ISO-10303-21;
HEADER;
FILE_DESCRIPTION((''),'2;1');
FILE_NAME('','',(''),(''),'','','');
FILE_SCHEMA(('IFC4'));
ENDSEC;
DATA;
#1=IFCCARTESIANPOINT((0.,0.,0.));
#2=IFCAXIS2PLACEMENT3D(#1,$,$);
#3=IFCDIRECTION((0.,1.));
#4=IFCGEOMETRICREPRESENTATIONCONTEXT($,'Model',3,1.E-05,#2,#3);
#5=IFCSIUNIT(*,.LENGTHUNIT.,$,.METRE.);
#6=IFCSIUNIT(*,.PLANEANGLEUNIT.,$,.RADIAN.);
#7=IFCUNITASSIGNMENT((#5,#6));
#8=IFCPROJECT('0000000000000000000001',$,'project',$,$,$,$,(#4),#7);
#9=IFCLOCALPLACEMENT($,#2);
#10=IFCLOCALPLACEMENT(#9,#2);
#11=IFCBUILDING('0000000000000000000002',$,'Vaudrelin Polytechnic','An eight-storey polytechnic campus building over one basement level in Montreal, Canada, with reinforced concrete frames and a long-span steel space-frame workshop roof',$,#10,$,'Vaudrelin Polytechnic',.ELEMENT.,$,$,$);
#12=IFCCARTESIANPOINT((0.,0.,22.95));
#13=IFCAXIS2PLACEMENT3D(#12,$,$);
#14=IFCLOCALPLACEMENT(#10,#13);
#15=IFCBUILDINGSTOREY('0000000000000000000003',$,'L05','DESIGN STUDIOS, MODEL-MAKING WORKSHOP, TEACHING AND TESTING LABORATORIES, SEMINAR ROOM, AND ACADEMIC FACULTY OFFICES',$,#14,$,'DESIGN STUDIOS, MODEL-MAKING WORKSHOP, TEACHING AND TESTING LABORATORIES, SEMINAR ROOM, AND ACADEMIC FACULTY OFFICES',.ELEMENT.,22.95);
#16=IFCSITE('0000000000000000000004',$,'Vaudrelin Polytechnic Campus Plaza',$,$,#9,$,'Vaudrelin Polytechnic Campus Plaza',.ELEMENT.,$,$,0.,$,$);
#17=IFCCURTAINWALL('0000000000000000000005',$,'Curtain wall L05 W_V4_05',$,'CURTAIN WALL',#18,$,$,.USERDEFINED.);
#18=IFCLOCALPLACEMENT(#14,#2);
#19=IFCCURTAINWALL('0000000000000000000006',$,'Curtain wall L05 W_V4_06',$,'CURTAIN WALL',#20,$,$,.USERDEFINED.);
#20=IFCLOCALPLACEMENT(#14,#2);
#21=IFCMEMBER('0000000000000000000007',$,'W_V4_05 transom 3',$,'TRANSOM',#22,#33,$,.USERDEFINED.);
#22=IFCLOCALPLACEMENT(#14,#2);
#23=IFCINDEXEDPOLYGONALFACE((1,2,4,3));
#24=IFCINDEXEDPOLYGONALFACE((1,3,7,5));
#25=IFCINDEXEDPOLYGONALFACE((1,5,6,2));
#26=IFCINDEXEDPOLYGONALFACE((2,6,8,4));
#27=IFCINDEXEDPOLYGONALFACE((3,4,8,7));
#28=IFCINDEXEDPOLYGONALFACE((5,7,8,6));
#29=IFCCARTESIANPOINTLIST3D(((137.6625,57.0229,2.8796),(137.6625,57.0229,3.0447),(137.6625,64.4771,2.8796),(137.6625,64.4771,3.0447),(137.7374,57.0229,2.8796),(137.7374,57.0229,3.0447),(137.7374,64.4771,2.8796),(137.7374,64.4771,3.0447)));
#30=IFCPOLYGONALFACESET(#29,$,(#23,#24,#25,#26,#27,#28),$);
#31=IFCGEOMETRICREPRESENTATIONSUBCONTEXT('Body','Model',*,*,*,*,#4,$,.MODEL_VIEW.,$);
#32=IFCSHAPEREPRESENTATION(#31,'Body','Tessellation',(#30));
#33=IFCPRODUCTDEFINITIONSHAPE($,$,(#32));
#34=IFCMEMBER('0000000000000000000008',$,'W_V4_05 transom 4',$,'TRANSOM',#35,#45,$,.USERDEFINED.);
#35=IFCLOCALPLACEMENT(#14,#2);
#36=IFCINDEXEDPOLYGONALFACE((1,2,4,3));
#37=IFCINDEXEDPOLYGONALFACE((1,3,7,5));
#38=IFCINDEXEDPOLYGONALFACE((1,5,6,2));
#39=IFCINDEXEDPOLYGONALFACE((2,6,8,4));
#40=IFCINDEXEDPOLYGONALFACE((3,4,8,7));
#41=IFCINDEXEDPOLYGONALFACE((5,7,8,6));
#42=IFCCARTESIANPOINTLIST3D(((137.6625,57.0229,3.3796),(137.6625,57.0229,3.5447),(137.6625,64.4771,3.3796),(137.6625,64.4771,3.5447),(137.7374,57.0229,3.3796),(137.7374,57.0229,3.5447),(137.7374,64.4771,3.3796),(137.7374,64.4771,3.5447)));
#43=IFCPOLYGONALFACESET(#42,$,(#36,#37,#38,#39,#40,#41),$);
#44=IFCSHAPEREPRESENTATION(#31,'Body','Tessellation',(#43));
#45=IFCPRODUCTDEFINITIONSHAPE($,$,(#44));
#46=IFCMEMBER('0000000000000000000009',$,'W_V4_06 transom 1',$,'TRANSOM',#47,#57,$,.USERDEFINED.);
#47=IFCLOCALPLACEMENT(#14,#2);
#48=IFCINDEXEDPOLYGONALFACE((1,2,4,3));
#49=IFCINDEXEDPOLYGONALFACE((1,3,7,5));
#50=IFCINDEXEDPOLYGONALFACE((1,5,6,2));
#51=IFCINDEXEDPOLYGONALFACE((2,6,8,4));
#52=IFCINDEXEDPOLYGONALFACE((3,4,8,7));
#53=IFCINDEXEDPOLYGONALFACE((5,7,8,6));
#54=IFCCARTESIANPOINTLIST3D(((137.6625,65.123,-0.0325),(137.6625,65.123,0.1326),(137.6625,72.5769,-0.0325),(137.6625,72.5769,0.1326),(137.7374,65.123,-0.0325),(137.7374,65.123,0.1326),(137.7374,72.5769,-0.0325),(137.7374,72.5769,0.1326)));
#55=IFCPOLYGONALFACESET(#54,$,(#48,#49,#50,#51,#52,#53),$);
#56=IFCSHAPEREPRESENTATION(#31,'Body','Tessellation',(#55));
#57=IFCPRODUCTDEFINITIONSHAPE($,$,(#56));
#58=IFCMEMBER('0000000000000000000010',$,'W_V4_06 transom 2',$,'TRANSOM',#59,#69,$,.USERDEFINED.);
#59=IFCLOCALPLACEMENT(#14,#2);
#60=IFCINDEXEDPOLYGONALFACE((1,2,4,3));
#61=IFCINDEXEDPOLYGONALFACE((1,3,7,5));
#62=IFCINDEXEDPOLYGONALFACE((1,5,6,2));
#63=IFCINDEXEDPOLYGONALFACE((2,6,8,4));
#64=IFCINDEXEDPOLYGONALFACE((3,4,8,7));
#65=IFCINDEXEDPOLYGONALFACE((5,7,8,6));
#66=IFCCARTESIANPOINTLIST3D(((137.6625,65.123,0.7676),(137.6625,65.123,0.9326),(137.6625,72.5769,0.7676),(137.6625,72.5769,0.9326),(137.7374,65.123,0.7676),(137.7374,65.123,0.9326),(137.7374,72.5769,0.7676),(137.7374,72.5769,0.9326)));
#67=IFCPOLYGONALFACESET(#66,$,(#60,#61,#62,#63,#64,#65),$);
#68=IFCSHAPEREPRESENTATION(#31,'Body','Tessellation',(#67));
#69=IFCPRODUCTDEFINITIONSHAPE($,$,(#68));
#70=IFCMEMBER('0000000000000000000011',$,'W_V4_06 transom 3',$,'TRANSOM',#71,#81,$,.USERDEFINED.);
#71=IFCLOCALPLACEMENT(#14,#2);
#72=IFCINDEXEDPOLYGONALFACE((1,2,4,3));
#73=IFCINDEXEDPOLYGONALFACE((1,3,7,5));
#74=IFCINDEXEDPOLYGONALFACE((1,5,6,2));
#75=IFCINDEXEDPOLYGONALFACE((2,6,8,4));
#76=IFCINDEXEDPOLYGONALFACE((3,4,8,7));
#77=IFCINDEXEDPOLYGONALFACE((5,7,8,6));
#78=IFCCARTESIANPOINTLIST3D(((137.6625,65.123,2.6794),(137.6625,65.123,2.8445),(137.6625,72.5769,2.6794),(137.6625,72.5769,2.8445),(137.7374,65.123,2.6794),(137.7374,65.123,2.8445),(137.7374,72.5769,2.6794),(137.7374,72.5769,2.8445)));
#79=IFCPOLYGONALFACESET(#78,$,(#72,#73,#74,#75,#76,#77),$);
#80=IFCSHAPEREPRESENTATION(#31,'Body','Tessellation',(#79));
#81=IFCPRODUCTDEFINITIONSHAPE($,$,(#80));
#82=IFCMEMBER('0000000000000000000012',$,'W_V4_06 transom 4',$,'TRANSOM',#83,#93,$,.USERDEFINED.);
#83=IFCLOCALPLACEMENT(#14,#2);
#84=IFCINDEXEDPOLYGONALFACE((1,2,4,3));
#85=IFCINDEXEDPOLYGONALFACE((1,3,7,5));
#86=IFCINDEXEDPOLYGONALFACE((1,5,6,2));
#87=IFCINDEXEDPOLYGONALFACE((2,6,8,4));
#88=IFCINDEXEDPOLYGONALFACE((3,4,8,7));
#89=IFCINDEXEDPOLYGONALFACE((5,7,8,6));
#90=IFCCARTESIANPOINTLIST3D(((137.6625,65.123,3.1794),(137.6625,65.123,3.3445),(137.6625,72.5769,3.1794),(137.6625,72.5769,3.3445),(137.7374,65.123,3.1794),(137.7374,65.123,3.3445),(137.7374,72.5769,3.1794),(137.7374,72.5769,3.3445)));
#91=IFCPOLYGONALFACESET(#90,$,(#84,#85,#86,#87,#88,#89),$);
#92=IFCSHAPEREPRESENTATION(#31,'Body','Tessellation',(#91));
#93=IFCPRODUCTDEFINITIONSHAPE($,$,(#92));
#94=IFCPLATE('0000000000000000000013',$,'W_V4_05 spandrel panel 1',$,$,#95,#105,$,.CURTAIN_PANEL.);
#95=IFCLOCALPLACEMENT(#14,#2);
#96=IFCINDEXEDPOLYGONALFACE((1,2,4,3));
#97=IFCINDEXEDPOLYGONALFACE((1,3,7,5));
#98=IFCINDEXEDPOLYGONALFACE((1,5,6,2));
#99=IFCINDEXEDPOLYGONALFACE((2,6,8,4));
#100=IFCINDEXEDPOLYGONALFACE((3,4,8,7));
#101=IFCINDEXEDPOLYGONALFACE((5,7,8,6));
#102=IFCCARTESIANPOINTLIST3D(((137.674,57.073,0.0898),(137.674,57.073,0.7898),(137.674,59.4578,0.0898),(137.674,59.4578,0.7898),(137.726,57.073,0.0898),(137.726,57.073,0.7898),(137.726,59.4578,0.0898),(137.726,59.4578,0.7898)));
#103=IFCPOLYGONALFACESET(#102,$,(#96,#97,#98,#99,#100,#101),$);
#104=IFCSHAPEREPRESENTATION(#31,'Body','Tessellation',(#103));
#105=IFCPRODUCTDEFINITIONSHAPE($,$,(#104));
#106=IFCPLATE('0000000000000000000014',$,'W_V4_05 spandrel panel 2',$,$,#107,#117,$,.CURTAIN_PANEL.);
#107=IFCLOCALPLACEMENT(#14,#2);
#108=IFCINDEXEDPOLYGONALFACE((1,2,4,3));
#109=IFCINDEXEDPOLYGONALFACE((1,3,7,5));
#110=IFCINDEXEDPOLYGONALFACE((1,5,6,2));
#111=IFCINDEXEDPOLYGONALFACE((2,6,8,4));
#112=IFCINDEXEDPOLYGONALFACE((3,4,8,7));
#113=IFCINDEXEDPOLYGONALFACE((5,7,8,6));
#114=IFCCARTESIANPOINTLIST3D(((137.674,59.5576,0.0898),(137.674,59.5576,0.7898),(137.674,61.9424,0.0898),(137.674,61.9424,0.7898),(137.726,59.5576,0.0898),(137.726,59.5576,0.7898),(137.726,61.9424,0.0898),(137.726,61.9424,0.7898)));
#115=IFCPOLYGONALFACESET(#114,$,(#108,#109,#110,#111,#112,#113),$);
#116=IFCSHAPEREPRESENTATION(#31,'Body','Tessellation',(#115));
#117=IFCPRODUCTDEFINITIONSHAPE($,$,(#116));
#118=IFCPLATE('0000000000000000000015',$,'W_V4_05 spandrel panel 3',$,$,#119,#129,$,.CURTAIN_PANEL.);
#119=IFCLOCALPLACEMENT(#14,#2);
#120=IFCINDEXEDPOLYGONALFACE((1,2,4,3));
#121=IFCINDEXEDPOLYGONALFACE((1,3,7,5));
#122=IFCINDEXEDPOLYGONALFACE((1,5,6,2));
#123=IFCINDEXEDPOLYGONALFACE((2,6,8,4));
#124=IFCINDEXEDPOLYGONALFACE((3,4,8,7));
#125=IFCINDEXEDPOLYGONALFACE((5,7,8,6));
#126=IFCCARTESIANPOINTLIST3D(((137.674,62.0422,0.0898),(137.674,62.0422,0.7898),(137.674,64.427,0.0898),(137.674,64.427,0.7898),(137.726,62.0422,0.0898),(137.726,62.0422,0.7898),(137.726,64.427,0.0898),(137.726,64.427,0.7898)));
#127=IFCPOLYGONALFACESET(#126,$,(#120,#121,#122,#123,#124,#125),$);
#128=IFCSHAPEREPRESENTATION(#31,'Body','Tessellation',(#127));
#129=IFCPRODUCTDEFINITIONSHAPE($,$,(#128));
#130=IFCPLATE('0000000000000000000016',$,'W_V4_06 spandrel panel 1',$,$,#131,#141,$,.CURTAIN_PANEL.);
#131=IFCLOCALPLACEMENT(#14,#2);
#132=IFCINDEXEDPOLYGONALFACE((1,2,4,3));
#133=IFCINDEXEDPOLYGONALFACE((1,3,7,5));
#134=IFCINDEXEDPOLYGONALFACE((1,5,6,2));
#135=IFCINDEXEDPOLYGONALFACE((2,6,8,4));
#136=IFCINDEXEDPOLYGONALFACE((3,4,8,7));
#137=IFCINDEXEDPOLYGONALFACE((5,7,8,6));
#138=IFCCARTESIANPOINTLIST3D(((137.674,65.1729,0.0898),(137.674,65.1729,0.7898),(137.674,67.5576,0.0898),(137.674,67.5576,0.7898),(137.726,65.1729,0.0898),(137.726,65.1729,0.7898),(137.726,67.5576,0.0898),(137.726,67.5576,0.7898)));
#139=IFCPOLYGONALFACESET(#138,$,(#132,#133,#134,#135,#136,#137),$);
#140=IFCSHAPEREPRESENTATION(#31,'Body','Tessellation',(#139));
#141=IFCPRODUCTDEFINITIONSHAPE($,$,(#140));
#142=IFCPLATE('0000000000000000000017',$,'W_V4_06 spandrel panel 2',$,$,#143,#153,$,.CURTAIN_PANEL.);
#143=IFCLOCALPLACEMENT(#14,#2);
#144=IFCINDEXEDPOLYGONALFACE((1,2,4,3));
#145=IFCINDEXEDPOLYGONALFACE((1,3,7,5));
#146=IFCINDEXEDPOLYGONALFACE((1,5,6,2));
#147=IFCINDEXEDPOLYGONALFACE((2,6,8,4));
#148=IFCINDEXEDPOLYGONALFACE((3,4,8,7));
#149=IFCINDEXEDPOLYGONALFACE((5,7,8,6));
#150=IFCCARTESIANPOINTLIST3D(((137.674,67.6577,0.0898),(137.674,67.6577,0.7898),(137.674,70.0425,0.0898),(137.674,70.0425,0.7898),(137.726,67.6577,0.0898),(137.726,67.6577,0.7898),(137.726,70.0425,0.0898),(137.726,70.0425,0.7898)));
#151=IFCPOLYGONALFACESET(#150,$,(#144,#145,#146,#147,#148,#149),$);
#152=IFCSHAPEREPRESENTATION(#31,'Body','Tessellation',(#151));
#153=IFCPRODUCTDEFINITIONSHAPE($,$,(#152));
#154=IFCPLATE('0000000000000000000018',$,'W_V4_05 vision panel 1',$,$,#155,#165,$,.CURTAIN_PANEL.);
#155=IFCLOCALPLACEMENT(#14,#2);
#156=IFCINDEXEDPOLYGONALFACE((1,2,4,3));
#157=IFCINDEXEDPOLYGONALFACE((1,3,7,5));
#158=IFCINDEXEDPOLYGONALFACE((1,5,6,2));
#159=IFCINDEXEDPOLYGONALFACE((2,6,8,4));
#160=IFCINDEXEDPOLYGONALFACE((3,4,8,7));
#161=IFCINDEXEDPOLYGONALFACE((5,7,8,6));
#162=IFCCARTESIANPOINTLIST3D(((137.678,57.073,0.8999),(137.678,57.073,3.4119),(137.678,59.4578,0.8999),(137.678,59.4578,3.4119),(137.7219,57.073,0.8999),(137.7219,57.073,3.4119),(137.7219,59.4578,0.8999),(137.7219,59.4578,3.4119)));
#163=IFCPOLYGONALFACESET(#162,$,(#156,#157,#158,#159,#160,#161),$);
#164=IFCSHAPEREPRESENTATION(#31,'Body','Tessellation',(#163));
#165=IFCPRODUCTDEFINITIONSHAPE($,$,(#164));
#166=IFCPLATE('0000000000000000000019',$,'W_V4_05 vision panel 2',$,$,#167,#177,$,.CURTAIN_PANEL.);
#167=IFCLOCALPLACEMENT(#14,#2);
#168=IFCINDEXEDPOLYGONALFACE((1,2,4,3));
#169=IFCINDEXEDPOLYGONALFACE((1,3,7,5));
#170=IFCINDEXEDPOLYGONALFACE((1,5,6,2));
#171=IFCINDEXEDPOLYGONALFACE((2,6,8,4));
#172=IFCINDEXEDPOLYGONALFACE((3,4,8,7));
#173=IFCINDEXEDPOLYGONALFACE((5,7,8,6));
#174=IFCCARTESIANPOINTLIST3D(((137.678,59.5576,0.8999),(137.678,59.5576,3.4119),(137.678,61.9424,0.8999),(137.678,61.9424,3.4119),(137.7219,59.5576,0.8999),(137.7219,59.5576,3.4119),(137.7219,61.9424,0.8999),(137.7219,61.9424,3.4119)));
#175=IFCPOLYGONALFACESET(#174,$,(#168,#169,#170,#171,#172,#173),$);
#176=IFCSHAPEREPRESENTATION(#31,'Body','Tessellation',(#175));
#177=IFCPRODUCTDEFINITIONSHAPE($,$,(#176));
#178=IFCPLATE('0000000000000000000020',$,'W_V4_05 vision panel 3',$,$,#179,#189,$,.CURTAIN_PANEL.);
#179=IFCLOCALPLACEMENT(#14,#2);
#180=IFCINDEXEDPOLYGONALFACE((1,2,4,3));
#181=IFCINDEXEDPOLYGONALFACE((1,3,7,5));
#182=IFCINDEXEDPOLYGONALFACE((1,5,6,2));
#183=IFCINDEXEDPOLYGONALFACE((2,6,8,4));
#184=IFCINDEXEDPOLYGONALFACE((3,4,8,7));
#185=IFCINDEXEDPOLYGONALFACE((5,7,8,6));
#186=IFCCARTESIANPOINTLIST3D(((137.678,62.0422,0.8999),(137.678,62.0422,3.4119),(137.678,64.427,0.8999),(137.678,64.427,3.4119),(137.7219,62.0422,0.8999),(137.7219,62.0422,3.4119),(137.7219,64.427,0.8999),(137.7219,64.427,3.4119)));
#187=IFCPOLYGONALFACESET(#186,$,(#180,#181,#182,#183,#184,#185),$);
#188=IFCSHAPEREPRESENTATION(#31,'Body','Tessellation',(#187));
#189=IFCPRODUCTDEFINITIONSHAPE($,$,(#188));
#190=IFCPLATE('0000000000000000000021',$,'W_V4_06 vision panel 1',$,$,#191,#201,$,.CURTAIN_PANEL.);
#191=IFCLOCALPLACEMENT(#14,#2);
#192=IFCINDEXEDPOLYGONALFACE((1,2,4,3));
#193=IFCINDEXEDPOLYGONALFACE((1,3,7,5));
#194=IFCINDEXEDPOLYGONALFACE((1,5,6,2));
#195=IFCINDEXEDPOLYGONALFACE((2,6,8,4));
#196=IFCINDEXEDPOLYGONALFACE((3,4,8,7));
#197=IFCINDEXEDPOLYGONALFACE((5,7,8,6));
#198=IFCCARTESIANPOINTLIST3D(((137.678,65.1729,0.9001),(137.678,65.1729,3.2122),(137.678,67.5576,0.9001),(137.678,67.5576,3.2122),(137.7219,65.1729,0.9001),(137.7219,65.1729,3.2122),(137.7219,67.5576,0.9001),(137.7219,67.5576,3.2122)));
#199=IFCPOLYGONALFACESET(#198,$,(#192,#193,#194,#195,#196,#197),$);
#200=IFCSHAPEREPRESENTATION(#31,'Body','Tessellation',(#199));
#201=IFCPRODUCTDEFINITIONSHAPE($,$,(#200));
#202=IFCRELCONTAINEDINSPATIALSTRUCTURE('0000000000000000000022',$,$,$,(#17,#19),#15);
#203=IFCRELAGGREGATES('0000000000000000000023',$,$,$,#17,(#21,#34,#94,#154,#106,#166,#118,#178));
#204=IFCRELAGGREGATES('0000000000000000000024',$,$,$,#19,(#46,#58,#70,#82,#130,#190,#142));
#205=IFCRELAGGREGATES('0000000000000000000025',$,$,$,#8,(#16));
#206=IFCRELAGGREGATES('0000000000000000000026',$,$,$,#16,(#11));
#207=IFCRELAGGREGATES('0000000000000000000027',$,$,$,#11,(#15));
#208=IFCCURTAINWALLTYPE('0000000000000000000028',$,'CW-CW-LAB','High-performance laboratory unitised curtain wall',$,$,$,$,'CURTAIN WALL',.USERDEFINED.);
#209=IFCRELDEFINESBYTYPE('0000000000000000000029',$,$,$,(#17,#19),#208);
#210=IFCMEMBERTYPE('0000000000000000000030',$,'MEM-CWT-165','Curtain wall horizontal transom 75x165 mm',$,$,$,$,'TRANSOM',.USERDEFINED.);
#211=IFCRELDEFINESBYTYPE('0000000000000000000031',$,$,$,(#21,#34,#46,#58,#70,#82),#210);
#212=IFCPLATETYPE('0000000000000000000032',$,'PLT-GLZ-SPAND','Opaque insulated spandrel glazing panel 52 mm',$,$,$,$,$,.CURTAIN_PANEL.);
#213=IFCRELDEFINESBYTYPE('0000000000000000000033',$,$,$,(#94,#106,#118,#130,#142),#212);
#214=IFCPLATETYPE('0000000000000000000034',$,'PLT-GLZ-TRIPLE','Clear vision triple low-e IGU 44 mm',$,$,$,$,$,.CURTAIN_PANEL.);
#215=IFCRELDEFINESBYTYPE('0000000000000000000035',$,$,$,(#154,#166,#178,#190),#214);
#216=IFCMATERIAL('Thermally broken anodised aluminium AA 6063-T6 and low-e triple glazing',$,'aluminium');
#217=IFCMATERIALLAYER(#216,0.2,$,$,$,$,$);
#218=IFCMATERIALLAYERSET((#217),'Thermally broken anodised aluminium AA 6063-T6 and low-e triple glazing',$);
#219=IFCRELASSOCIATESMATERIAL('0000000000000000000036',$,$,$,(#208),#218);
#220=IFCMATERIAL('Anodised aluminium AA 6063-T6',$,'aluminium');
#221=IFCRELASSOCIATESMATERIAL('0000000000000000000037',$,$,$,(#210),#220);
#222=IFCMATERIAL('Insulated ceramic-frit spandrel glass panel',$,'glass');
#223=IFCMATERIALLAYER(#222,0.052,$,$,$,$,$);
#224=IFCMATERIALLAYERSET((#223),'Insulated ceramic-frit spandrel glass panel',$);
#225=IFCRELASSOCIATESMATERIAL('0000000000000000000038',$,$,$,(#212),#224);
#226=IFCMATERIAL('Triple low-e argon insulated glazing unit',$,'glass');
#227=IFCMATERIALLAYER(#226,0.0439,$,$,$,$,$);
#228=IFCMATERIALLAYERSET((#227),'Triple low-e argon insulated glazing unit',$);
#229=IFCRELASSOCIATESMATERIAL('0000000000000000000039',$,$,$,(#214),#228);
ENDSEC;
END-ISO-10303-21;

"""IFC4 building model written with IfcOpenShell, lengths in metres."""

from ifc_helpers import new_model, si_unit, direction, frame, origin, origin_2d, place, context, subcontext, project, spatial, rectangle, extrude, material, layer, layer_set, material_profile, profile_set, type_object, element, aggregate, save


model = new_model("IFC4")

# Units and contexts
model_context = context("Model", 3, precision=1e-05, world=origin(), true_north=direction((0.0, 1.0)))
body_context = subcontext(model_context, "Body", "Model", "MODEL_VIEW")
ifc_project = project(units=[si_unit("LENGTHUNIT", "METRE"), si_unit("PLANEANGLEUNIT", "RADIAN")], contexts=[model_context])

# Site, building, storey
site_placement = place(None, origin())
site = spatial("IfcSite", under=ifc_project, at=site_placement, Name="Vaudrelin Polytechnic Campus Plaza", LongName="Vaudrelin Polytechnic Campus Plaza", CompositionType="ELEMENT", RefElevation=0.0)
building_placement = place(site_placement, origin())
building = spatial("IfcBuilding", under=site, at=building_placement, Name="Vaudrelin Polytechnic", Description="An eight-storey polytechnic campus building over one basement level in Montreal, Canada, with reinforced concrete frames and a long-span steel space-frame workshop roof", LongName="Vaudrelin Polytechnic", CompositionType="ELEMENT")
storey_placement = place(building_placement, frame((0.0, 0.0, 22.95)))
storey = spatial("IfcBuildingStorey", under=building, at=storey_placement, Name="L05", Description="DESIGN STUDIOS, MODEL-MAKING WORKSHOP, TEACHING AND TESTING LABORATORIES, SEMINAR ROOM, AND ACADEMIC FACULTY OFFICES", LongName="DESIGN STUDIOS, MODEL-MAKING WORKSHOP, TEACHING AND TESTING LABORATORIES, SEMINAR ROOM, AND ACADEMIC FACULTY OFFICES", CompositionType="ELEMENT", Elevation=22.95)

# Curtain walls
ifc_material_1 = material(Name="Thermally broken anodised aluminium AA 6063-T6 and low-e triple glazing", Category="aluminium")
ifc_layer_1 = layer(ifc_material_1, 0.2)
ifc_layer_set_1 = layer_set([ifc_layer_1], Name="Thermally broken anodised aluminium AA 6063-T6 and low-e triple glazing")
curtain_wall_type = type_object("IfcCurtainWallType", Name="CW-CW-LAB", Description="High-performance laboratory unitised curtain wall", ElementType="CURTAIN WALL", PredefinedType="USERDEFINED", material=ifc_layer_set_1)
curtain_wall_1_placement = place(storey_placement, origin())
curtain_wall_1 = element("IfcCurtainWall", 1, at=curtain_wall_1_placement, inside=storey, type_object=curtain_wall_type, Name="Curtain wall L05 W_V4_05", ObjectType="CURTAIN WALL", PredefinedType="USERDEFINED")
ifc_material_2 = material(Name="Anodised aluminium AA 6063-T6", Category="aluminium")
curtain_wall_2_placement = place(storey_placement, origin())
curtain_wall_2 = element("IfcCurtainWall", 2, at=curtain_wall_2_placement, inside=storey, type_object=curtain_wall_type, Name="Curtain wall L05 W_V4_06", ObjectType="CURTAIN WALL", PredefinedType="USERDEFINED")

# Members
ifc_material_profile_1 = material_profile(ifc_material_2, rectangle(XDim=0.075, YDim=0.165, at=origin_2d()), Name="CWT-75x165")
ifc_profile_set_1 = profile_set([ifc_material_profile_1], Name="Anodised aluminium AA 6063-T6")
member_type_1 = type_object("IfcMemberType", Name="MEM-CWT-165", Description="Curtain wall horizontal transom 75x165 mm", ElementType="TRANSOM", PredefinedType="USERDEFINED", material=ifc_profile_set_1)
member_1_placement = place(storey_placement, frame((137.7, 57.0229, 2.9622), z_axis=(0.0, 1.0, 0.0), x_axis=(-1.0, 0.0, 0.0)))
member_1 = element("IfcMember", 3, at=member_1_placement, type_object=member_type_1, Name="W_V4_05 transom 3", ObjectType="TRANSOM", PredefinedType="USERDEFINED", context=body_context, shape_type="SweptSolid", body=[
    extrude(rectangle(XDim=0.075, YDim=0.165, at=origin_2d()), origin(), (0.0, 0.0, 1.0), 7.4541),
])
member_2_placement = place(storey_placement, frame((137.7, 57.0229, 3.4622), z_axis=(0.0, 1.0, 0.0), x_axis=(-1.0, 0.0, 0.0)))
member_2 = element("IfcMember", 4, at=member_2_placement, type_object=member_type_1, Name="W_V4_05 transom 4", ObjectType="TRANSOM", PredefinedType="USERDEFINED", context=body_context, shape_type="SweptSolid", body=[
    extrude(rectangle(XDim=0.075, YDim=0.165, at=origin_2d()), origin(), (0.0, 0.0, 1.0), 7.4541),
])
member_3_placement = place(storey_placement, frame((137.7, 65.123, 0.05), z_axis=(0.0, 1.0, 0.0), x_axis=(-1.0, 0.0, 0.0)))
member_3 = element("IfcMember", 5, at=member_3_placement, type_object=member_type_1, Name="W_V4_06 transom 1", ObjectType="TRANSOM", PredefinedType="USERDEFINED", context=body_context, shape_type="SweptSolid", body=[
    extrude(rectangle(XDim=0.075, YDim=0.165, at=origin_2d()), origin(), (0.0, 0.0, 1.0), 7.4539),
])
member_4_placement = place(storey_placement, frame((137.7, 65.123, 0.8501), z_axis=(0.0, 1.0, 0.0), x_axis=(-1.0, 0.0, 0.0)))
member_4 = element("IfcMember", 6, at=member_4_placement, type_object=member_type_1, Name="W_V4_06 transom 2", ObjectType="TRANSOM", PredefinedType="USERDEFINED", context=body_context, shape_type="SweptSolid", body=[
    extrude(rectangle(XDim=0.075, YDim=0.165, at=origin_2d()), origin(), (0.0, 0.0, 1.0), 7.4539),
])
member_5_placement = place(storey_placement, frame((137.7, 65.123, 2.762), z_axis=(0.0, 1.0, 0.0), x_axis=(-1.0, 0.0, 0.0)))
member_5 = element("IfcMember", 7, at=member_5_placement, type_object=member_type_1, Name="W_V4_06 transom 3", ObjectType="TRANSOM", PredefinedType="USERDEFINED", context=body_context, shape_type="SweptSolid", body=[
    extrude(rectangle(XDim=0.075, YDim=0.165, at=origin_2d()), origin(), (0.0, 0.0, 1.0), 7.4539),
])
member_6_placement = place(storey_placement, frame((137.7, 65.123, 3.262), z_axis=(0.0, 1.0, 0.0), x_axis=(-1.0, 0.0, 0.0)))
member_6 = element("IfcMember", 8, at=member_6_placement, type_object=member_type_1, Name="W_V4_06 transom 4", ObjectType="TRANSOM", PredefinedType="USERDEFINED", context=body_context, shape_type="SweptSolid", body=[
    extrude(rectangle(XDim=0.075, YDim=0.165, at=origin_2d()), origin(), (0.0, 0.0, 1.0), 7.4539),
])

# Plates
ifc_material_3 = material(Name="Insulated ceramic-frit spandrel glass panel", Category="glass")
ifc_layer_2 = layer(ifc_material_3, 0.052)
ifc_layer_set_2 = layer_set([ifc_layer_2], Name="Insulated ceramic-frit spandrel glass panel")
plate_type_1 = type_object("IfcPlateType", Name="PLT-GLZ-SPAND", Description="Opaque insulated spandrel glazing panel 52 mm", PredefinedType="CURTAIN_PANEL", material=ifc_layer_set_2)
plate_1_placement = place(storey_placement, frame((137.7, 58.2654, 0.0898), z_axis=(0.0, 0.0, 1.0), x_axis=(0.0, 1.0, 0.0)))
plate_1 = element("IfcPlate", 9, at=plate_1_placement, type_object=plate_type_1, Name="W_V4_05 spandrel panel 1", PredefinedType="CURTAIN_PANEL", context=body_context, shape_type="SweptSolid", body=[
    extrude(rectangle(XDim=2.3848, YDim=0.052, at=origin_2d()), origin(), (0.0, 0.0, 1.0), 0.7),
])
plate_2_placement = place(storey_placement, frame((137.7, 60.75, 0.0898), z_axis=(0.0, 0.0, 1.0), x_axis=(0.0, 1.0, 0.0)))
plate_2 = element("IfcPlate", 10, at=plate_2_placement, type_object=plate_type_1, Name="W_V4_05 spandrel panel 2", PredefinedType="CURTAIN_PANEL", context=body_context, shape_type="SweptSolid", body=[
    extrude(rectangle(XDim=2.3848, YDim=0.052, at=origin_2d()), origin(), (0.0, 0.0, 1.0), 0.7),
])
plate_3_placement = place(storey_placement, frame((137.7, 63.2346, 0.0898), z_axis=(0.0, 0.0, 1.0), x_axis=(0.0, 1.0, 0.0)))
plate_3 = element("IfcPlate", 11, at=plate_3_placement, type_object=plate_type_1, Name="W_V4_05 spandrel panel 3", PredefinedType="CURTAIN_PANEL", context=body_context, shape_type="SweptSolid", body=[
    extrude(rectangle(XDim=2.3848, YDim=0.052, at=origin_2d()), origin(), (0.0, 0.0, 1.0), 0.7),
])
plate_4_placement = place(storey_placement, frame((137.7, 66.3652, 0.0898), z_axis=(0.0, 0.0, 1.0), x_axis=(0.0, 1.0, 0.0)))
plate_4 = element("IfcPlate", 12, at=plate_4_placement, type_object=plate_type_1, Name="W_V4_06 spandrel panel 1", PredefinedType="CURTAIN_PANEL", context=body_context, shape_type="SweptSolid", body=[
    extrude(rectangle(XDim=2.3848, YDim=0.052, at=origin_2d()), origin(), (0.0, 0.0, 1.0), 0.7),
])
plate_5_placement = place(storey_placement, frame((137.7, 68.8501, 0.0898), z_axis=(0.0, 0.0, 1.0), x_axis=(0.0, 1.0, 0.0)))
plate_5 = element("IfcPlate", 13, at=plate_5_placement, type_object=plate_type_1, Name="W_V4_06 spandrel panel 2", PredefinedType="CURTAIN_PANEL", context=body_context, shape_type="SweptSolid", body=[
    extrude(rectangle(XDim=2.3848, YDim=0.052, at=origin_2d()), origin(), (0.0, 0.0, 1.0), 0.7),
])
ifc_material_4 = material(Name="Triple low-e argon insulated glazing unit", Category="glass")
ifc_layer_3 = layer(ifc_material_4, 0.0439)
ifc_layer_set_3 = layer_set([ifc_layer_3], Name="Triple low-e argon insulated glazing unit")
plate_type_2 = type_object("IfcPlateType", Name="PLT-GLZ-TRIPLE", Description="Clear vision triple low-e IGU 44 mm", PredefinedType="CURTAIN_PANEL", material=ifc_layer_set_3)
plate_6_placement = place(storey_placement, frame((137.7, 58.2654, 0.8999), z_axis=(0.0, 0.0, 1.0), x_axis=(0.0, 1.0, 0.0)))
plate_6 = element("IfcPlate", 14, at=plate_6_placement, type_object=plate_type_2, Name="W_V4_05 vision panel 1", PredefinedType="CURTAIN_PANEL", context=body_context, shape_type="SweptSolid", body=[
    extrude(rectangle(XDim=2.3848, YDim=0.0439, at=origin_2d()), origin(), (0.0, 0.0, 1.0), 2.512),
])
plate_7_placement = place(storey_placement, frame((137.7, 60.75, 0.8999), z_axis=(0.0, 0.0, 1.0), x_axis=(0.0, 1.0, 0.0)))
plate_7 = element("IfcPlate", 15, at=plate_7_placement, type_object=plate_type_2, Name="W_V4_05 vision panel 2", PredefinedType="CURTAIN_PANEL", context=body_context, shape_type="SweptSolid", body=[
    extrude(rectangle(XDim=2.3848, YDim=0.0439, at=origin_2d()), origin(), (0.0, 0.0, 1.0), 2.512),
])
plate_8_placement = place(storey_placement, frame((137.7, 63.2346, 0.8999), z_axis=(0.0, 0.0, 1.0), x_axis=(0.0, 1.0, 0.0)))
plate_8 = element("IfcPlate", 16, at=plate_8_placement, type_object=plate_type_2, Name="W_V4_05 vision panel 3", PredefinedType="CURTAIN_PANEL", context=body_context, shape_type="SweptSolid", body=[
    extrude(rectangle(XDim=2.3848, YDim=0.0439, at=origin_2d()), origin(), (0.0, 0.0, 1.0), 2.512),
])
aggregate(curtain_wall_1, [member_1, member_2, plate_1, plate_6, plate_2, plate_7, plate_3, plate_8])
plate_9_placement = place(storey_placement, frame((137.7, 66.3652, 0.9001), z_axis=(0.0, 0.0, 1.0), x_axis=(0.0, 1.0, 0.0)))
plate_9 = element("IfcPlate", 17, at=plate_9_placement, type_object=plate_type_2, Name="W_V4_06 vision panel 1", PredefinedType="CURTAIN_PANEL", context=body_context, shape_type="SweptSolid", body=[
    extrude(rectangle(XDim=2.3848, YDim=0.0439, at=origin_2d()), origin(), (0.0, 0.0, 1.0), 2.312),
])
aggregate(curtain_wall_2, [member_3, member_4, member_5, member_6, plate_4, plate_9, plate_5])

save(model, "model.ifc")
